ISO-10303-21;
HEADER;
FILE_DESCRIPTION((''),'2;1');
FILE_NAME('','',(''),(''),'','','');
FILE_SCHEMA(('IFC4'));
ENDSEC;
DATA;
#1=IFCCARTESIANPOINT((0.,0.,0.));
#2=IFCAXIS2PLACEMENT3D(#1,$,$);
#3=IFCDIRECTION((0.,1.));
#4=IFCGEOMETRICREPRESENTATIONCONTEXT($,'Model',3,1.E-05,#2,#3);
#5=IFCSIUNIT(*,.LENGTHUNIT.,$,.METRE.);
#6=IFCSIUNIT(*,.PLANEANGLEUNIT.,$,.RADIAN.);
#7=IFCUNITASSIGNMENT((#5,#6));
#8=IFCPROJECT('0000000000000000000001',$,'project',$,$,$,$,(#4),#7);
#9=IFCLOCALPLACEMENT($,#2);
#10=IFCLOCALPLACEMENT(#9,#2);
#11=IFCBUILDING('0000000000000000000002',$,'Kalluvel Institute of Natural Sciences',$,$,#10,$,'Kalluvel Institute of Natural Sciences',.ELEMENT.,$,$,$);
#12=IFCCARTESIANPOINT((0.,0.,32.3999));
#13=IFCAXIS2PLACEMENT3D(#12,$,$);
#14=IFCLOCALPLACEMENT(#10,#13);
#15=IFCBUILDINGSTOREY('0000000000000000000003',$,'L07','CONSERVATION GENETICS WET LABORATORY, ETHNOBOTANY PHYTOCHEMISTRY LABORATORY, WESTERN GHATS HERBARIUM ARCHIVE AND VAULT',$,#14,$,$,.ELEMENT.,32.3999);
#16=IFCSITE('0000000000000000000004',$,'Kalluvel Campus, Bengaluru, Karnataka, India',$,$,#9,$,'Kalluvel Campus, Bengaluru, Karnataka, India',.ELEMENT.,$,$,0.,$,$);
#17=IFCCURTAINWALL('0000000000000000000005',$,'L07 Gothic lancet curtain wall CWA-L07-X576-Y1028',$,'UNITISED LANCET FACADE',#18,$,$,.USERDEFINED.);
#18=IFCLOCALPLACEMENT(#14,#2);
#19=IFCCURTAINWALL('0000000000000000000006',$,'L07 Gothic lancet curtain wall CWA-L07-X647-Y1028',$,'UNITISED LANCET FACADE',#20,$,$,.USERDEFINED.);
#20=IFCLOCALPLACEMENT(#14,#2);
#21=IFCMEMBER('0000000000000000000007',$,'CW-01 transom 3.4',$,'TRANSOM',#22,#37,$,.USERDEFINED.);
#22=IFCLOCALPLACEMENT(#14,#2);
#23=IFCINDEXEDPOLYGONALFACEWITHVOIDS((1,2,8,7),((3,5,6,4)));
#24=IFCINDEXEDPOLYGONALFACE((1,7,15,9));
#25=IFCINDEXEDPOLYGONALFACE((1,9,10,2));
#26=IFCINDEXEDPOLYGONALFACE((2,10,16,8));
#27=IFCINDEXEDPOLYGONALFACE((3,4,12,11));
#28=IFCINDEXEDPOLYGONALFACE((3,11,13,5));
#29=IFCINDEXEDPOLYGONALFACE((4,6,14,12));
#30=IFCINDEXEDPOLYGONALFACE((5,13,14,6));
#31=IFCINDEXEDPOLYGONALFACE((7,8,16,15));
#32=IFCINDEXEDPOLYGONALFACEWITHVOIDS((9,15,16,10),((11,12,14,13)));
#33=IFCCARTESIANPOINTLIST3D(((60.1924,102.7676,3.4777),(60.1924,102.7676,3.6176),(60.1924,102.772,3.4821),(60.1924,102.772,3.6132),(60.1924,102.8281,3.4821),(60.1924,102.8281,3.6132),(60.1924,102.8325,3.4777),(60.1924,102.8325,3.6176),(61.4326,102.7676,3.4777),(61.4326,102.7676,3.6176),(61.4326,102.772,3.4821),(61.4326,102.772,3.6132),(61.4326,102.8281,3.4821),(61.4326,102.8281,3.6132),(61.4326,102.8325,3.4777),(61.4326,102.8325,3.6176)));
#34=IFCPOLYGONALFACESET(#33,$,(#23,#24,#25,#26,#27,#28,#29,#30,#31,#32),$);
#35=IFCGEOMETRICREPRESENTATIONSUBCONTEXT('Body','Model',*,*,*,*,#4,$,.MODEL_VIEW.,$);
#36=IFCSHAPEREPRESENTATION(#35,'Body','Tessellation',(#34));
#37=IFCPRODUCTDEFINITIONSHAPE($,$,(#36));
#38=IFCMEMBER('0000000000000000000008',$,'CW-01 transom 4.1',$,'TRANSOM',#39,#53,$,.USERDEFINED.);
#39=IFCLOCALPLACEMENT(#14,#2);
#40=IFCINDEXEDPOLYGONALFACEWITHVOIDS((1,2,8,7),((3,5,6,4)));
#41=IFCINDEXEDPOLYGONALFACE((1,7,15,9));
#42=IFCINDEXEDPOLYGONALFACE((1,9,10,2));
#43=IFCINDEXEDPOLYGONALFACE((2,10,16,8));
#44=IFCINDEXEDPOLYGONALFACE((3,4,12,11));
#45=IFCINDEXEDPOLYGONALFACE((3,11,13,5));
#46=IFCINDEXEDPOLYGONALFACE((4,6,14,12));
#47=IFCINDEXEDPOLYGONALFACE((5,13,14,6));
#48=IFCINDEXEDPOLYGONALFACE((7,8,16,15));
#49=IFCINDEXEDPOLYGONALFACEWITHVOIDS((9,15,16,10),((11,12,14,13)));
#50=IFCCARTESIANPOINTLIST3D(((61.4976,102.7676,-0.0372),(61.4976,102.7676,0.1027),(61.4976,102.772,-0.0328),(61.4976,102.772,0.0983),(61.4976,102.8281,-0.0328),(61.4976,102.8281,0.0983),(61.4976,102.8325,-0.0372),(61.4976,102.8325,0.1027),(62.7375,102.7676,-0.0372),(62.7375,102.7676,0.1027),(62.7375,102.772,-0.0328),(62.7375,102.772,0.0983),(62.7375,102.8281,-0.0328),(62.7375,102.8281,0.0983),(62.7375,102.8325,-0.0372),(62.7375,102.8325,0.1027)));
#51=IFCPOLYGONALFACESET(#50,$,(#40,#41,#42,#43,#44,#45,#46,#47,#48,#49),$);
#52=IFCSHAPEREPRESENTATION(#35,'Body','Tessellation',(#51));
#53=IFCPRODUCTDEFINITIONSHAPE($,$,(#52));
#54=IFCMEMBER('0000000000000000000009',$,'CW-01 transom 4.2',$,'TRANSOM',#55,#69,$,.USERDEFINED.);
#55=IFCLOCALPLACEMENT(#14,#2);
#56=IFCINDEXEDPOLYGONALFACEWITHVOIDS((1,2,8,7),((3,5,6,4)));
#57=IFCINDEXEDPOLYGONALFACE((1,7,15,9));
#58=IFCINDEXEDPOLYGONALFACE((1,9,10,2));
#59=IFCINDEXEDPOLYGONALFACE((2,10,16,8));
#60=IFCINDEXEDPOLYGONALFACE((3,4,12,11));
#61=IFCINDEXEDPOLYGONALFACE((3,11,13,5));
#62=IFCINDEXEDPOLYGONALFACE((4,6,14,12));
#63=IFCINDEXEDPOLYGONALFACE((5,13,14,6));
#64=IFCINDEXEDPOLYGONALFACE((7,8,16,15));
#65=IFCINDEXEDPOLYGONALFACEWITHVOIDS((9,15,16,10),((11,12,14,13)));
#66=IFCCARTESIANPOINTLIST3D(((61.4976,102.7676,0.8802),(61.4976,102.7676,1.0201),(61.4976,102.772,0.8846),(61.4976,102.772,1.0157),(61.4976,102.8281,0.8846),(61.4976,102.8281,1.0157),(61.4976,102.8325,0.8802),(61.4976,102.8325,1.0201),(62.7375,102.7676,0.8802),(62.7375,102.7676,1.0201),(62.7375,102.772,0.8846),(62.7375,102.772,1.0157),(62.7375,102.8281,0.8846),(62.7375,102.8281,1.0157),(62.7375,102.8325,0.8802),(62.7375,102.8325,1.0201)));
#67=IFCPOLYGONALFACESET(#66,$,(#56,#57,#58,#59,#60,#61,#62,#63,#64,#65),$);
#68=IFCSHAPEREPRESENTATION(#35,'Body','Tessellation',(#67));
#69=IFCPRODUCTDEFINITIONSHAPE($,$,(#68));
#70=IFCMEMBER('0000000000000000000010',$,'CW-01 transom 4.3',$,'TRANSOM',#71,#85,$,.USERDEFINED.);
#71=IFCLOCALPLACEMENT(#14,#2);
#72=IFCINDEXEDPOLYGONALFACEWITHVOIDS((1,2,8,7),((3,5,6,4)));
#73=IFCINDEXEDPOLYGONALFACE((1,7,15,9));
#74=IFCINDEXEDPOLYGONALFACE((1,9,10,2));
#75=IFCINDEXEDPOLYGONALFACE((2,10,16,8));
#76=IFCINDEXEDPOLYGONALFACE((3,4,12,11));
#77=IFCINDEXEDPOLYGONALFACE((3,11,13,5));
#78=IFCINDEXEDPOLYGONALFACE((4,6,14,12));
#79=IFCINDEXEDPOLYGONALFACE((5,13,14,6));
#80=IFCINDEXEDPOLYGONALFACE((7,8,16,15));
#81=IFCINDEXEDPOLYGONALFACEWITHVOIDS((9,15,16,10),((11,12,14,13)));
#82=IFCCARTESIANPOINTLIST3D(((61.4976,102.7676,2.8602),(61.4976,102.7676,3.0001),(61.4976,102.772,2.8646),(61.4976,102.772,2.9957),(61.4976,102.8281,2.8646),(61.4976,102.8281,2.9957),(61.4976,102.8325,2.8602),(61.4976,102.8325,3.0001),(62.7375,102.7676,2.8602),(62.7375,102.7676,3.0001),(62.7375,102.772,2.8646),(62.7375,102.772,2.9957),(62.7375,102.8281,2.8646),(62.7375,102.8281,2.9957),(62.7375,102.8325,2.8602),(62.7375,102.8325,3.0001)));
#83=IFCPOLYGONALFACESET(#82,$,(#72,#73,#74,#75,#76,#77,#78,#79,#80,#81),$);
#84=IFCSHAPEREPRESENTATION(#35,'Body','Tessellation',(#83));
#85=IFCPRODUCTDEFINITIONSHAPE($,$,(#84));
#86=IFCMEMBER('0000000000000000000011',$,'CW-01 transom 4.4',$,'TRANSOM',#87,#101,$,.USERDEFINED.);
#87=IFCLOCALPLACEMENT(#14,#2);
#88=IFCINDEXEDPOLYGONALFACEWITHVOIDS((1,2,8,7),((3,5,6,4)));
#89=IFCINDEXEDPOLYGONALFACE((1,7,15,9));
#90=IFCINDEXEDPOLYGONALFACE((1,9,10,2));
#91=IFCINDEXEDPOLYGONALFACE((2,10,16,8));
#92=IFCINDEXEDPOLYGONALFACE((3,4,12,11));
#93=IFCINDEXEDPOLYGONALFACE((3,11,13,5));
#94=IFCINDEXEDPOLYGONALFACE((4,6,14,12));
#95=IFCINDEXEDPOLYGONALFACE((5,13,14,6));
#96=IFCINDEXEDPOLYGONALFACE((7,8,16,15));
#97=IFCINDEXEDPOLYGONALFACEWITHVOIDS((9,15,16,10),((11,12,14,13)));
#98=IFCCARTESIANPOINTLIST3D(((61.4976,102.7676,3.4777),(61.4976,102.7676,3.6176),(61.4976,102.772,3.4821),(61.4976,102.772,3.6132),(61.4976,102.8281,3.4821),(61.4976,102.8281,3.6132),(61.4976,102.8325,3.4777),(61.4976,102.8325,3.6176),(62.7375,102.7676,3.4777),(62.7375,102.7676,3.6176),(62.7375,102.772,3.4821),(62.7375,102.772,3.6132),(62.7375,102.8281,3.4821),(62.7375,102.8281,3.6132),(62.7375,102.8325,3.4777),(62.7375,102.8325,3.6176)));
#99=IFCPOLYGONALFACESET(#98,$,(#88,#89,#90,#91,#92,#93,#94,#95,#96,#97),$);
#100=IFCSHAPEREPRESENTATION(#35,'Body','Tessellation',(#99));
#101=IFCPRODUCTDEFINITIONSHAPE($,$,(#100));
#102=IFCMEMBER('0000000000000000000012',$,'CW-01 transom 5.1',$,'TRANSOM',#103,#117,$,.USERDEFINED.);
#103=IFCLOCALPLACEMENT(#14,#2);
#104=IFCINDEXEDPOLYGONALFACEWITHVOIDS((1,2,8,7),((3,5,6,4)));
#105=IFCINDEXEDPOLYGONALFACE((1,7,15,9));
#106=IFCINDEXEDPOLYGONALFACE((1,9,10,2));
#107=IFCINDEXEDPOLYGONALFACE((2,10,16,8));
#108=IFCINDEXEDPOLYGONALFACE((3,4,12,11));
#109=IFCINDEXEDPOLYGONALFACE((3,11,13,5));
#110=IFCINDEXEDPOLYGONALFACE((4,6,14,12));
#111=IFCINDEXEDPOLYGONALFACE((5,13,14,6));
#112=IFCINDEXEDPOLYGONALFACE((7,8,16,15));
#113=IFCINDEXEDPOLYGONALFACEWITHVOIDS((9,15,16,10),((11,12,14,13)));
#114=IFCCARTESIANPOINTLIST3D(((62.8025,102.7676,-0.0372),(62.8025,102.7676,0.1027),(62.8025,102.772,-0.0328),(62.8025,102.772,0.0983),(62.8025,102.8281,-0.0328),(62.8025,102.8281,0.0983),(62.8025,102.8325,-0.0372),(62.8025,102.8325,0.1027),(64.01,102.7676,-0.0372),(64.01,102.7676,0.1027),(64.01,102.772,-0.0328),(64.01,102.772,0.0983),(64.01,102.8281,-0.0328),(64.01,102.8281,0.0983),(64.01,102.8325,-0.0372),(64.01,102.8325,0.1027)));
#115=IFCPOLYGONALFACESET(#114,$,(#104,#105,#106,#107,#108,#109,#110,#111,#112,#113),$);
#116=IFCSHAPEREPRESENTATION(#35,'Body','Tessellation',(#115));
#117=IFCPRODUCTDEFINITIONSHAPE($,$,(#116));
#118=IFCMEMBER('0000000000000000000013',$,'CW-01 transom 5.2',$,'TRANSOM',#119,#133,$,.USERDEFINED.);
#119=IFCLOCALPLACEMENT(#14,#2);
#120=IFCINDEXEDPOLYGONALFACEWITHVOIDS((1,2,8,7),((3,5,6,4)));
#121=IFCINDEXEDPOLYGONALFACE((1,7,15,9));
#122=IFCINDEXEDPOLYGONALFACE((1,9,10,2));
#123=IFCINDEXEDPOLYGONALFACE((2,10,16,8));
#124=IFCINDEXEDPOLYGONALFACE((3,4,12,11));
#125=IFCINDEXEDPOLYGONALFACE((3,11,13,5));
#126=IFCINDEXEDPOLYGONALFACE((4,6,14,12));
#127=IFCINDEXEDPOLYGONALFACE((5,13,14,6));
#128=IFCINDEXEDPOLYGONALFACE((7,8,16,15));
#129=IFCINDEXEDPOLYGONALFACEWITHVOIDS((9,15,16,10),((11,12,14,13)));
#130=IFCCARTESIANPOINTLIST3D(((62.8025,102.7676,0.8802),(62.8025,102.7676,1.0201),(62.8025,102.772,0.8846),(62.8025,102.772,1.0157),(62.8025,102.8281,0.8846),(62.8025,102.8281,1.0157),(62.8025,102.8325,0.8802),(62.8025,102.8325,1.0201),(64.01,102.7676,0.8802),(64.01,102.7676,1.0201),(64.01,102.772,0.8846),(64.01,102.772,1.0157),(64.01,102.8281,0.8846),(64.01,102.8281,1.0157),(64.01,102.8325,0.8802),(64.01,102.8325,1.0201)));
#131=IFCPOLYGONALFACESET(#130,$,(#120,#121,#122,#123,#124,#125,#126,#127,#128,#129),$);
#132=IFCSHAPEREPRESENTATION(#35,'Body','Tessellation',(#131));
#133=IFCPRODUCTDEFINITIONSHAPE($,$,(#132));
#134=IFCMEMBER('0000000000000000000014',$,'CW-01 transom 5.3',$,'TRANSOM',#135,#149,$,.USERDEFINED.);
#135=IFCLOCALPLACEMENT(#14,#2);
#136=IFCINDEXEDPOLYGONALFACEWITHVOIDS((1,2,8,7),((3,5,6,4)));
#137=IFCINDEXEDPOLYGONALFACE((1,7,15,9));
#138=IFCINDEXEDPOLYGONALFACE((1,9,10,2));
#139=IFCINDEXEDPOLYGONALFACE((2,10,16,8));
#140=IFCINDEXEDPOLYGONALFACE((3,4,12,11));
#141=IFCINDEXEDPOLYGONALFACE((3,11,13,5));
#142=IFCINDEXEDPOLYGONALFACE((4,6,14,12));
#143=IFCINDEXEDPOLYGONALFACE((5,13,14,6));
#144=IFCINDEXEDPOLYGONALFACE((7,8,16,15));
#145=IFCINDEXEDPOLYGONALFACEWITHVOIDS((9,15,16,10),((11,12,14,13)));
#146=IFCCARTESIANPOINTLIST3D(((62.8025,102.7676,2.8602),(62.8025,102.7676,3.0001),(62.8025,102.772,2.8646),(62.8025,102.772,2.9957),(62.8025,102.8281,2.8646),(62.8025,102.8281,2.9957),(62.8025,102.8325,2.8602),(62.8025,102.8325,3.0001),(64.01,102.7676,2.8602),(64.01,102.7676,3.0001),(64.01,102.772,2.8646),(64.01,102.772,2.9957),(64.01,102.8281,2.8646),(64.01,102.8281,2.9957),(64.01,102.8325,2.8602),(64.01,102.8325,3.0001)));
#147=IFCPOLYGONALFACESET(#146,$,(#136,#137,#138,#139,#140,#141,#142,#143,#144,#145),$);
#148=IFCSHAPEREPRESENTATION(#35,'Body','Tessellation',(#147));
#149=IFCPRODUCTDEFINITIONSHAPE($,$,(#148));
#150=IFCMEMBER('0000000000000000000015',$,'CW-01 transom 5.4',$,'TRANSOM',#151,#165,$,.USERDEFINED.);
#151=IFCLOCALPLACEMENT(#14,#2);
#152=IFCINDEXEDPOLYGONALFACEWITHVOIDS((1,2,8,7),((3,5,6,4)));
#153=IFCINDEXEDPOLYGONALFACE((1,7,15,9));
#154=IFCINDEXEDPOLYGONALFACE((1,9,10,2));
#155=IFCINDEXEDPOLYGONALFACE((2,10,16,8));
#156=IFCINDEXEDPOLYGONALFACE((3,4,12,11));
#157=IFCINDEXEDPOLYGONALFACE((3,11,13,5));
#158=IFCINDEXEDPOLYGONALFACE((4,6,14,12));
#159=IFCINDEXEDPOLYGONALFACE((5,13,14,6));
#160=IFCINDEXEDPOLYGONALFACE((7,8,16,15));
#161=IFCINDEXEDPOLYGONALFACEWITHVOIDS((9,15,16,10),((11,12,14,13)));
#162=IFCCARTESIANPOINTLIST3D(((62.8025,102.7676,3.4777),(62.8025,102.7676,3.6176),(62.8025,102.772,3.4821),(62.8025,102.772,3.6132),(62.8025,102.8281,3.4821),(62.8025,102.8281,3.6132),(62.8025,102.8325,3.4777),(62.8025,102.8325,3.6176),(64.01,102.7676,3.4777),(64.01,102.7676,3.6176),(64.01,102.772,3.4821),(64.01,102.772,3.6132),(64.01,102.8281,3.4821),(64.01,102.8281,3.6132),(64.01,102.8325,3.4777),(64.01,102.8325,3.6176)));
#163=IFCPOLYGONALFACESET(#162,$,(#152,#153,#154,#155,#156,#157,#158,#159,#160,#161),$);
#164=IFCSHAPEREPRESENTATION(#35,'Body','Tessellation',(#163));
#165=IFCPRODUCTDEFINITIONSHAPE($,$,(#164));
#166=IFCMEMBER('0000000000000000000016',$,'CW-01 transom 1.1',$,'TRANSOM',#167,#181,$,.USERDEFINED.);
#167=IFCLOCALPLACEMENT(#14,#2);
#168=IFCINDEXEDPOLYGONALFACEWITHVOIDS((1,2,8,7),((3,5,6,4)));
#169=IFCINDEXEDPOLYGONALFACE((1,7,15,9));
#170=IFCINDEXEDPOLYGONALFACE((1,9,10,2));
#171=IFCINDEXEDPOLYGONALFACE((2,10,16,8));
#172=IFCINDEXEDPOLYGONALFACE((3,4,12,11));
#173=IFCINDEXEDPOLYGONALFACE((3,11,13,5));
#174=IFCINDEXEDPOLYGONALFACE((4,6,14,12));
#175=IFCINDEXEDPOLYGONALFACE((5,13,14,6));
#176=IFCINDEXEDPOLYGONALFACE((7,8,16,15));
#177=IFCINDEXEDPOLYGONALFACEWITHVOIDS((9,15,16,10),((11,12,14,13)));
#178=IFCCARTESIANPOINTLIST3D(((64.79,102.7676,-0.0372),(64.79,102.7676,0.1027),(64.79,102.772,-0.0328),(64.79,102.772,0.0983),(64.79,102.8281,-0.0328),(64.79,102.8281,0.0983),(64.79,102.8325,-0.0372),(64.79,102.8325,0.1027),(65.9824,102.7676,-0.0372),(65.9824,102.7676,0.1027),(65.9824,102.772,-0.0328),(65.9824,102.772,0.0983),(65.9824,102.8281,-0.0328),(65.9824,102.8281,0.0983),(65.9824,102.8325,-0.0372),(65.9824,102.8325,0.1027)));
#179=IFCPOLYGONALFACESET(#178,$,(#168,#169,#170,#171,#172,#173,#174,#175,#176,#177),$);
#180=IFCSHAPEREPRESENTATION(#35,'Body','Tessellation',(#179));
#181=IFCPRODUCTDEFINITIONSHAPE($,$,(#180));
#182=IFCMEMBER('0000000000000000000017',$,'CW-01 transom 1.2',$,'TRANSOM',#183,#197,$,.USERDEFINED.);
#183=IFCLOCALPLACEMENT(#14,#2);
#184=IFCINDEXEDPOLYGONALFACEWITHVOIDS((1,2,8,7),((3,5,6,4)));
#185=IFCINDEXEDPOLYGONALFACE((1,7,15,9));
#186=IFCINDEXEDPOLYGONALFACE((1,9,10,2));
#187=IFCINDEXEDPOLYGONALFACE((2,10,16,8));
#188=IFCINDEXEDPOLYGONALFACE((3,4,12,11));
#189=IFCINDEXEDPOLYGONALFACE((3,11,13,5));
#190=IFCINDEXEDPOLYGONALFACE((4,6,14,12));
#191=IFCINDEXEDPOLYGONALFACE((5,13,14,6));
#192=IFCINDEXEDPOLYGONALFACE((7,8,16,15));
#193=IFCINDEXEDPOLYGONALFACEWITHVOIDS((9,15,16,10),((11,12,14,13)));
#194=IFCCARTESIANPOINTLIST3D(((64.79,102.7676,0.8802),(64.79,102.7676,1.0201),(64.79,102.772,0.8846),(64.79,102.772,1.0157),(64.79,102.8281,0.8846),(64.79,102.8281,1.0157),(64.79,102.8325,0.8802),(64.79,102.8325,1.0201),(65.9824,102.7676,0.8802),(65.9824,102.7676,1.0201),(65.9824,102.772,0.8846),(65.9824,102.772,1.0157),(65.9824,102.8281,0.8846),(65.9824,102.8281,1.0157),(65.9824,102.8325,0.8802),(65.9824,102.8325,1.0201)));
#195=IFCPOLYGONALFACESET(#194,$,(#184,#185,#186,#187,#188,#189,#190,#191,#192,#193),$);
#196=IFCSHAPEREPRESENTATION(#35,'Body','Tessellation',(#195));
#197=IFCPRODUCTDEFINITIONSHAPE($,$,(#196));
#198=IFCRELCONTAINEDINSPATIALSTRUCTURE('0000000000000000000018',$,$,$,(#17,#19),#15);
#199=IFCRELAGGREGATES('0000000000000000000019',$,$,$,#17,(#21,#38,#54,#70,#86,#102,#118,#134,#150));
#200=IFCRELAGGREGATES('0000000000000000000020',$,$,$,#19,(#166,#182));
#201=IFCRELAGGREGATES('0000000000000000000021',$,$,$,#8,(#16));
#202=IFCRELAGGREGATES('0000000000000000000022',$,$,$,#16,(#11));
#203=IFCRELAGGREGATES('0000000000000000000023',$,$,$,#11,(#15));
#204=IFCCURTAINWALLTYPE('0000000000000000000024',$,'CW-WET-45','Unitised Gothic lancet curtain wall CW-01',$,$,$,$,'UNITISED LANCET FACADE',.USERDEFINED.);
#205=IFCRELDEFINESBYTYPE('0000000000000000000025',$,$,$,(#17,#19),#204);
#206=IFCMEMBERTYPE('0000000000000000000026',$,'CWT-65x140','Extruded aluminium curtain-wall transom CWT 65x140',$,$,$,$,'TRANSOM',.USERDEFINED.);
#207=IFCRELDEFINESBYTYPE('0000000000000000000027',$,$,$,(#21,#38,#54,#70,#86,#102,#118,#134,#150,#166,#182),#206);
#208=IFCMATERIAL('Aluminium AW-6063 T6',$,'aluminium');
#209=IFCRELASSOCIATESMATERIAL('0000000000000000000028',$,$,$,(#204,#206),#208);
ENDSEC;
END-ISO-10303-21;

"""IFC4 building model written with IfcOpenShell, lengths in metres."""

from ifc_helpers import new_model, si_unit, direction, frame, origin, origin_2d, place, context, subcontext, project, spatial, hollow_rectangle, extrude, material, material_profile, profile_set, type_object, element, aggregate, save


model = new_model("IFC4")

# Units and contexts
model_context = context("Model", 3, precision=1e-05, world=origin(), true_north=direction((0.0, 1.0)))
body_context = subcontext(model_context, "Body", "Model", "MODEL_VIEW")
ifc_project = project(units=[si_unit("LENGTHUNIT", "METRE"), si_unit("PLANEANGLEUNIT", "RADIAN")], contexts=[model_context])

# Site, building, storey
site_placement = place(None, origin())
site = spatial("IfcSite", under=ifc_project, at=site_placement, Name="Kalluvel Campus, Bengaluru, Karnataka, India", LongName="Kalluvel Campus, Bengaluru, Karnataka, India", CompositionType="ELEMENT", RefElevation=0.0)
building_placement = place(site_placement, origin())
building = spatial("IfcBuilding", under=site, at=building_placement, Name="Kalluvel Institute of Natural Sciences", LongName="Kalluvel Institute of Natural Sciences", CompositionType="ELEMENT")
storey_placement = place(building_placement, frame((0.0, 0.0, 32.3999)))
storey = spatial("IfcBuildingStorey", under=building, at=storey_placement, Name="L07", Description="CONSERVATION GENETICS WET LABORATORY, ETHNOBOTANY PHYTOCHEMISTRY LABORATORY, WESTERN GHATS HERBARIUM ARCHIVE AND VAULT", CompositionType="ELEMENT", Elevation=32.3999)

# Curtain walls
ifc_material_1 = material(Name="Aluminium AW-6063 T6", Category="aluminium")
curtain_wall_type = type_object("IfcCurtainWallType", Name="CW-WET-45", Description="Unitised Gothic lancet curtain wall CW-01", ElementType="UNITISED LANCET FACADE", PredefinedType="USERDEFINED", material=ifc_material_1)
curtain_wall_1_placement = place(storey_placement, origin())
curtain_wall_1 = element("IfcCurtainWall", 1, at=curtain_wall_1_placement, inside=storey, type_object=curtain_wall_type, Name="L07 Gothic lancet curtain wall CWA-L07-X576-Y1028", ObjectType="UNITISED LANCET FACADE", PredefinedType="USERDEFINED")
curtain_wall_2_placement = place(storey_placement, origin())
curtain_wall_2 = element("IfcCurtainWall", 2, at=curtain_wall_2_placement, inside=storey, type_object=curtain_wall_type, Name="L07 Gothic lancet curtain wall CWA-L07-X647-Y1028", ObjectType="UNITISED LANCET FACADE", PredefinedType="USERDEFINED")

# Members
ifc_material_profile_1 = material_profile(ifc_material_1, hollow_rectangle(XDim=0.0649, YDim=0.1399, WallThickness=0.0044, at=origin_2d()), Name="CWT 65x140")
ifc_profile_set_1 = profile_set([ifc_material_profile_1], Name="Aluminium AW-6063 T6")
member_type_1 = type_object("IfcMemberType", Name="CWT-65x140", Description="Extruded aluminium curtain-wall transom CWT 65x140", ElementType="TRANSOM", PredefinedType="USERDEFINED", material=ifc_profile_set_1)
member_1_placement = place(storey_placement, frame((60.1924, 102.8, 3.5476), z_axis=(1.0, 0.0, 0.0), x_axis=(0.0, 1.0, 0.0)))
member_1 = element("IfcMember", 3, at=member_1_placement, type_object=member_type_1, Name="CW-01 transom 3.4", ObjectType="TRANSOM", PredefinedType="USERDEFINED", context=body_context, shape_type="SweptSolid", body=[
    extrude(hollow_rectangle(XDim=0.0649, YDim=0.1399, WallThickness=0.0044, at=origin_2d()), origin(), (0.0, 0.0, 1.0), 1.2402),
])
member_2_placement = place(storey_placement, frame((61.4976, 102.8, 0.0327), z_axis=(1.0, 0.0, 0.0), x_axis=(0.0, 1.0, 0.0)))
member_2 = element("IfcMember", 4, at=member_2_placement, type_object=member_type_1, Name="CW-01 transom 4.1", ObjectType="TRANSOM", PredefinedType="USERDEFINED", context=body_context, shape_type="SweptSolid", body=[
    extrude(hollow_rectangle(XDim=0.0649, YDim=0.1399, WallThickness=0.0044, at=origin_2d()), origin(), (0.0, 0.0, 1.0), 1.24),
])
member_3_placement = place(storey_placement, frame((61.4976, 102.8, 0.9502), z_axis=(1.0, 0.0, 0.0), x_axis=(0.0, 1.0, 0.0)))
member_3 = element("IfcMember", 5, at=member_3_placement, type_object=member_type_1, Name="CW-01 transom 4.2", ObjectType="TRANSOM", PredefinedType="USERDEFINED", context=body_context, shape_type="SweptSolid", body=[
    extrude(hollow_rectangle(XDim=0.0649, YDim=0.1399, WallThickness=0.0044, at=origin_2d()), origin(), (0.0, 0.0, 1.0), 1.24),
])
member_4_placement = place(storey_placement, frame((61.4976, 102.8, 2.9302), z_axis=(1.0, 0.0, 0.0), x_axis=(0.0, 1.0, 0.0)))
member_4 = element("IfcMember", 6, at=member_4_placement, type_object=member_type_1, Name="CW-01 transom 4.3", ObjectType="TRANSOM", PredefinedType="USERDEFINED", context=body_context, shape_type="SweptSolid", body=[
    extrude(hollow_rectangle(XDim=0.0649, YDim=0.1399, WallThickness=0.0044, at=origin_2d()), origin(), (0.0, 0.0, 1.0), 1.24),
])
member_5_placement = place(storey_placement, frame((61.4976, 102.8, 3.5476), z_axis=(1.0, 0.0, 0.0), x_axis=(0.0, 1.0, 0.0)))
member_5 = element("IfcMember", 7, at=member_5_placement, type_object=member_type_1, Name="CW-01 transom 4.4", ObjectType="TRANSOM", PredefinedType="USERDEFINED", context=body_context, shape_type="SweptSolid", body=[
    extrude(hollow_rectangle(XDim=0.0649, YDim=0.1399, WallThickness=0.0044, at=origin_2d()), origin(), (0.0, 0.0, 1.0), 1.24),
])
member_6_placement = place(storey_placement, frame((62.8025, 102.8, 0.0327), z_axis=(1.0, 0.0, 0.0), x_axis=(0.0, 1.0, 0.0)))
member_6 = element("IfcMember", 8, at=member_6_placement, type_object=member_type_1, Name="CW-01 transom 5.1", ObjectType="TRANSOM", PredefinedType="USERDEFINED", context=body_context, shape_type="SweptSolid", body=[
    extrude(hollow_rectangle(XDim=0.0649, YDim=0.1399, WallThickness=0.0044, at=origin_2d()), origin(), (0.0, 0.0, 1.0), 1.2075),
])
member_7_placement = place(storey_placement, frame((62.8025, 102.8, 0.9502), z_axis=(1.0, 0.0, 0.0), x_axis=(0.0, 1.0, 0.0)))
member_7 = element("IfcMember", 9, at=member_7_placement, type_object=member_type_1, Name="CW-01 transom 5.2", ObjectType="TRANSOM", PredefinedType="USERDEFINED", context=body_context, shape_type="SweptSolid", body=[
    extrude(hollow_rectangle(XDim=0.0649, YDim=0.1399, WallThickness=0.0044, at=origin_2d()), origin(), (0.0, 0.0, 1.0), 1.2075),
])
member_8_placement = place(storey_placement, frame((62.8025, 102.8, 2.9302), z_axis=(1.0, 0.0, 0.0), x_axis=(0.0, 1.0, 0.0)))
member_8 = element("IfcMember", 10, at=member_8_placement, type_object=member_type_1, Name="CW-01 transom 5.3", ObjectType="TRANSOM", PredefinedType="USERDEFINED", context=body_context, shape_type="SweptSolid", body=[
    extrude(hollow_rectangle(XDim=0.0649, YDim=0.1399, WallThickness=0.0044, at=origin_2d()), origin(), (0.0, 0.0, 1.0), 1.2075),
])
member_9_placement = place(storey_placement, frame((62.8025, 102.8, 3.5476), z_axis=(1.0, 0.0, 0.0), x_axis=(0.0, 1.0, 0.0)))
member_9 = element("IfcMember", 11, at=member_9_placement, type_object=member_type_1, Name="CW-01 transom 5.4", ObjectType="TRANSOM", PredefinedType="USERDEFINED", context=body_context, shape_type="SweptSolid", body=[
    extrude(hollow_rectangle(XDim=0.0649, YDim=0.1399, WallThickness=0.0044, at=origin_2d()), origin(), (0.0, 0.0, 1.0), 1.2075),
])
member_10_placement = place(storey_placement, frame((64.79, 102.8, 0.0327), z_axis=(1.0, 0.0, 0.0), x_axis=(0.0, 1.0, 0.0)))
member_10 = element("IfcMember", 12, at=member_10_placement, type_object=member_type_1, Name="CW-01 transom 1.1", ObjectType="TRANSOM", PredefinedType="USERDEFINED", context=body_context, shape_type="SweptSolid", body=[
    extrude(hollow_rectangle(XDim=0.0649, YDim=0.1399, WallThickness=0.0044, at=origin_2d()), origin(), (0.0, 0.0, 1.0), 1.1924),
])
member_11_placement = place(storey_placement, frame((64.79, 102.8, 0.9502), z_axis=(1.0, 0.0, 0.0), x_axis=(0.0, 1.0, 0.0)))
member_11 = element("IfcMember", 13, at=member_11_placement, type_object=member_type_1, Name="CW-01 transom 1.2", ObjectType="TRANSOM", PredefinedType="USERDEFINED", context=body_context, shape_type="SweptSolid", body=[
    extrude(hollow_rectangle(XDim=0.0649, YDim=0.1399, WallThickness=0.0044, at=origin_2d()), origin(), (0.0, 0.0, 1.0), 1.1924),
])

aggregate(curtain_wall_1, [member_1, member_2, member_3, member_4, member_5, member_6, member_7, member_8, member_9])
aggregate(curtain_wall_2, [member_10, member_11])

save(model, "model.ifc")
